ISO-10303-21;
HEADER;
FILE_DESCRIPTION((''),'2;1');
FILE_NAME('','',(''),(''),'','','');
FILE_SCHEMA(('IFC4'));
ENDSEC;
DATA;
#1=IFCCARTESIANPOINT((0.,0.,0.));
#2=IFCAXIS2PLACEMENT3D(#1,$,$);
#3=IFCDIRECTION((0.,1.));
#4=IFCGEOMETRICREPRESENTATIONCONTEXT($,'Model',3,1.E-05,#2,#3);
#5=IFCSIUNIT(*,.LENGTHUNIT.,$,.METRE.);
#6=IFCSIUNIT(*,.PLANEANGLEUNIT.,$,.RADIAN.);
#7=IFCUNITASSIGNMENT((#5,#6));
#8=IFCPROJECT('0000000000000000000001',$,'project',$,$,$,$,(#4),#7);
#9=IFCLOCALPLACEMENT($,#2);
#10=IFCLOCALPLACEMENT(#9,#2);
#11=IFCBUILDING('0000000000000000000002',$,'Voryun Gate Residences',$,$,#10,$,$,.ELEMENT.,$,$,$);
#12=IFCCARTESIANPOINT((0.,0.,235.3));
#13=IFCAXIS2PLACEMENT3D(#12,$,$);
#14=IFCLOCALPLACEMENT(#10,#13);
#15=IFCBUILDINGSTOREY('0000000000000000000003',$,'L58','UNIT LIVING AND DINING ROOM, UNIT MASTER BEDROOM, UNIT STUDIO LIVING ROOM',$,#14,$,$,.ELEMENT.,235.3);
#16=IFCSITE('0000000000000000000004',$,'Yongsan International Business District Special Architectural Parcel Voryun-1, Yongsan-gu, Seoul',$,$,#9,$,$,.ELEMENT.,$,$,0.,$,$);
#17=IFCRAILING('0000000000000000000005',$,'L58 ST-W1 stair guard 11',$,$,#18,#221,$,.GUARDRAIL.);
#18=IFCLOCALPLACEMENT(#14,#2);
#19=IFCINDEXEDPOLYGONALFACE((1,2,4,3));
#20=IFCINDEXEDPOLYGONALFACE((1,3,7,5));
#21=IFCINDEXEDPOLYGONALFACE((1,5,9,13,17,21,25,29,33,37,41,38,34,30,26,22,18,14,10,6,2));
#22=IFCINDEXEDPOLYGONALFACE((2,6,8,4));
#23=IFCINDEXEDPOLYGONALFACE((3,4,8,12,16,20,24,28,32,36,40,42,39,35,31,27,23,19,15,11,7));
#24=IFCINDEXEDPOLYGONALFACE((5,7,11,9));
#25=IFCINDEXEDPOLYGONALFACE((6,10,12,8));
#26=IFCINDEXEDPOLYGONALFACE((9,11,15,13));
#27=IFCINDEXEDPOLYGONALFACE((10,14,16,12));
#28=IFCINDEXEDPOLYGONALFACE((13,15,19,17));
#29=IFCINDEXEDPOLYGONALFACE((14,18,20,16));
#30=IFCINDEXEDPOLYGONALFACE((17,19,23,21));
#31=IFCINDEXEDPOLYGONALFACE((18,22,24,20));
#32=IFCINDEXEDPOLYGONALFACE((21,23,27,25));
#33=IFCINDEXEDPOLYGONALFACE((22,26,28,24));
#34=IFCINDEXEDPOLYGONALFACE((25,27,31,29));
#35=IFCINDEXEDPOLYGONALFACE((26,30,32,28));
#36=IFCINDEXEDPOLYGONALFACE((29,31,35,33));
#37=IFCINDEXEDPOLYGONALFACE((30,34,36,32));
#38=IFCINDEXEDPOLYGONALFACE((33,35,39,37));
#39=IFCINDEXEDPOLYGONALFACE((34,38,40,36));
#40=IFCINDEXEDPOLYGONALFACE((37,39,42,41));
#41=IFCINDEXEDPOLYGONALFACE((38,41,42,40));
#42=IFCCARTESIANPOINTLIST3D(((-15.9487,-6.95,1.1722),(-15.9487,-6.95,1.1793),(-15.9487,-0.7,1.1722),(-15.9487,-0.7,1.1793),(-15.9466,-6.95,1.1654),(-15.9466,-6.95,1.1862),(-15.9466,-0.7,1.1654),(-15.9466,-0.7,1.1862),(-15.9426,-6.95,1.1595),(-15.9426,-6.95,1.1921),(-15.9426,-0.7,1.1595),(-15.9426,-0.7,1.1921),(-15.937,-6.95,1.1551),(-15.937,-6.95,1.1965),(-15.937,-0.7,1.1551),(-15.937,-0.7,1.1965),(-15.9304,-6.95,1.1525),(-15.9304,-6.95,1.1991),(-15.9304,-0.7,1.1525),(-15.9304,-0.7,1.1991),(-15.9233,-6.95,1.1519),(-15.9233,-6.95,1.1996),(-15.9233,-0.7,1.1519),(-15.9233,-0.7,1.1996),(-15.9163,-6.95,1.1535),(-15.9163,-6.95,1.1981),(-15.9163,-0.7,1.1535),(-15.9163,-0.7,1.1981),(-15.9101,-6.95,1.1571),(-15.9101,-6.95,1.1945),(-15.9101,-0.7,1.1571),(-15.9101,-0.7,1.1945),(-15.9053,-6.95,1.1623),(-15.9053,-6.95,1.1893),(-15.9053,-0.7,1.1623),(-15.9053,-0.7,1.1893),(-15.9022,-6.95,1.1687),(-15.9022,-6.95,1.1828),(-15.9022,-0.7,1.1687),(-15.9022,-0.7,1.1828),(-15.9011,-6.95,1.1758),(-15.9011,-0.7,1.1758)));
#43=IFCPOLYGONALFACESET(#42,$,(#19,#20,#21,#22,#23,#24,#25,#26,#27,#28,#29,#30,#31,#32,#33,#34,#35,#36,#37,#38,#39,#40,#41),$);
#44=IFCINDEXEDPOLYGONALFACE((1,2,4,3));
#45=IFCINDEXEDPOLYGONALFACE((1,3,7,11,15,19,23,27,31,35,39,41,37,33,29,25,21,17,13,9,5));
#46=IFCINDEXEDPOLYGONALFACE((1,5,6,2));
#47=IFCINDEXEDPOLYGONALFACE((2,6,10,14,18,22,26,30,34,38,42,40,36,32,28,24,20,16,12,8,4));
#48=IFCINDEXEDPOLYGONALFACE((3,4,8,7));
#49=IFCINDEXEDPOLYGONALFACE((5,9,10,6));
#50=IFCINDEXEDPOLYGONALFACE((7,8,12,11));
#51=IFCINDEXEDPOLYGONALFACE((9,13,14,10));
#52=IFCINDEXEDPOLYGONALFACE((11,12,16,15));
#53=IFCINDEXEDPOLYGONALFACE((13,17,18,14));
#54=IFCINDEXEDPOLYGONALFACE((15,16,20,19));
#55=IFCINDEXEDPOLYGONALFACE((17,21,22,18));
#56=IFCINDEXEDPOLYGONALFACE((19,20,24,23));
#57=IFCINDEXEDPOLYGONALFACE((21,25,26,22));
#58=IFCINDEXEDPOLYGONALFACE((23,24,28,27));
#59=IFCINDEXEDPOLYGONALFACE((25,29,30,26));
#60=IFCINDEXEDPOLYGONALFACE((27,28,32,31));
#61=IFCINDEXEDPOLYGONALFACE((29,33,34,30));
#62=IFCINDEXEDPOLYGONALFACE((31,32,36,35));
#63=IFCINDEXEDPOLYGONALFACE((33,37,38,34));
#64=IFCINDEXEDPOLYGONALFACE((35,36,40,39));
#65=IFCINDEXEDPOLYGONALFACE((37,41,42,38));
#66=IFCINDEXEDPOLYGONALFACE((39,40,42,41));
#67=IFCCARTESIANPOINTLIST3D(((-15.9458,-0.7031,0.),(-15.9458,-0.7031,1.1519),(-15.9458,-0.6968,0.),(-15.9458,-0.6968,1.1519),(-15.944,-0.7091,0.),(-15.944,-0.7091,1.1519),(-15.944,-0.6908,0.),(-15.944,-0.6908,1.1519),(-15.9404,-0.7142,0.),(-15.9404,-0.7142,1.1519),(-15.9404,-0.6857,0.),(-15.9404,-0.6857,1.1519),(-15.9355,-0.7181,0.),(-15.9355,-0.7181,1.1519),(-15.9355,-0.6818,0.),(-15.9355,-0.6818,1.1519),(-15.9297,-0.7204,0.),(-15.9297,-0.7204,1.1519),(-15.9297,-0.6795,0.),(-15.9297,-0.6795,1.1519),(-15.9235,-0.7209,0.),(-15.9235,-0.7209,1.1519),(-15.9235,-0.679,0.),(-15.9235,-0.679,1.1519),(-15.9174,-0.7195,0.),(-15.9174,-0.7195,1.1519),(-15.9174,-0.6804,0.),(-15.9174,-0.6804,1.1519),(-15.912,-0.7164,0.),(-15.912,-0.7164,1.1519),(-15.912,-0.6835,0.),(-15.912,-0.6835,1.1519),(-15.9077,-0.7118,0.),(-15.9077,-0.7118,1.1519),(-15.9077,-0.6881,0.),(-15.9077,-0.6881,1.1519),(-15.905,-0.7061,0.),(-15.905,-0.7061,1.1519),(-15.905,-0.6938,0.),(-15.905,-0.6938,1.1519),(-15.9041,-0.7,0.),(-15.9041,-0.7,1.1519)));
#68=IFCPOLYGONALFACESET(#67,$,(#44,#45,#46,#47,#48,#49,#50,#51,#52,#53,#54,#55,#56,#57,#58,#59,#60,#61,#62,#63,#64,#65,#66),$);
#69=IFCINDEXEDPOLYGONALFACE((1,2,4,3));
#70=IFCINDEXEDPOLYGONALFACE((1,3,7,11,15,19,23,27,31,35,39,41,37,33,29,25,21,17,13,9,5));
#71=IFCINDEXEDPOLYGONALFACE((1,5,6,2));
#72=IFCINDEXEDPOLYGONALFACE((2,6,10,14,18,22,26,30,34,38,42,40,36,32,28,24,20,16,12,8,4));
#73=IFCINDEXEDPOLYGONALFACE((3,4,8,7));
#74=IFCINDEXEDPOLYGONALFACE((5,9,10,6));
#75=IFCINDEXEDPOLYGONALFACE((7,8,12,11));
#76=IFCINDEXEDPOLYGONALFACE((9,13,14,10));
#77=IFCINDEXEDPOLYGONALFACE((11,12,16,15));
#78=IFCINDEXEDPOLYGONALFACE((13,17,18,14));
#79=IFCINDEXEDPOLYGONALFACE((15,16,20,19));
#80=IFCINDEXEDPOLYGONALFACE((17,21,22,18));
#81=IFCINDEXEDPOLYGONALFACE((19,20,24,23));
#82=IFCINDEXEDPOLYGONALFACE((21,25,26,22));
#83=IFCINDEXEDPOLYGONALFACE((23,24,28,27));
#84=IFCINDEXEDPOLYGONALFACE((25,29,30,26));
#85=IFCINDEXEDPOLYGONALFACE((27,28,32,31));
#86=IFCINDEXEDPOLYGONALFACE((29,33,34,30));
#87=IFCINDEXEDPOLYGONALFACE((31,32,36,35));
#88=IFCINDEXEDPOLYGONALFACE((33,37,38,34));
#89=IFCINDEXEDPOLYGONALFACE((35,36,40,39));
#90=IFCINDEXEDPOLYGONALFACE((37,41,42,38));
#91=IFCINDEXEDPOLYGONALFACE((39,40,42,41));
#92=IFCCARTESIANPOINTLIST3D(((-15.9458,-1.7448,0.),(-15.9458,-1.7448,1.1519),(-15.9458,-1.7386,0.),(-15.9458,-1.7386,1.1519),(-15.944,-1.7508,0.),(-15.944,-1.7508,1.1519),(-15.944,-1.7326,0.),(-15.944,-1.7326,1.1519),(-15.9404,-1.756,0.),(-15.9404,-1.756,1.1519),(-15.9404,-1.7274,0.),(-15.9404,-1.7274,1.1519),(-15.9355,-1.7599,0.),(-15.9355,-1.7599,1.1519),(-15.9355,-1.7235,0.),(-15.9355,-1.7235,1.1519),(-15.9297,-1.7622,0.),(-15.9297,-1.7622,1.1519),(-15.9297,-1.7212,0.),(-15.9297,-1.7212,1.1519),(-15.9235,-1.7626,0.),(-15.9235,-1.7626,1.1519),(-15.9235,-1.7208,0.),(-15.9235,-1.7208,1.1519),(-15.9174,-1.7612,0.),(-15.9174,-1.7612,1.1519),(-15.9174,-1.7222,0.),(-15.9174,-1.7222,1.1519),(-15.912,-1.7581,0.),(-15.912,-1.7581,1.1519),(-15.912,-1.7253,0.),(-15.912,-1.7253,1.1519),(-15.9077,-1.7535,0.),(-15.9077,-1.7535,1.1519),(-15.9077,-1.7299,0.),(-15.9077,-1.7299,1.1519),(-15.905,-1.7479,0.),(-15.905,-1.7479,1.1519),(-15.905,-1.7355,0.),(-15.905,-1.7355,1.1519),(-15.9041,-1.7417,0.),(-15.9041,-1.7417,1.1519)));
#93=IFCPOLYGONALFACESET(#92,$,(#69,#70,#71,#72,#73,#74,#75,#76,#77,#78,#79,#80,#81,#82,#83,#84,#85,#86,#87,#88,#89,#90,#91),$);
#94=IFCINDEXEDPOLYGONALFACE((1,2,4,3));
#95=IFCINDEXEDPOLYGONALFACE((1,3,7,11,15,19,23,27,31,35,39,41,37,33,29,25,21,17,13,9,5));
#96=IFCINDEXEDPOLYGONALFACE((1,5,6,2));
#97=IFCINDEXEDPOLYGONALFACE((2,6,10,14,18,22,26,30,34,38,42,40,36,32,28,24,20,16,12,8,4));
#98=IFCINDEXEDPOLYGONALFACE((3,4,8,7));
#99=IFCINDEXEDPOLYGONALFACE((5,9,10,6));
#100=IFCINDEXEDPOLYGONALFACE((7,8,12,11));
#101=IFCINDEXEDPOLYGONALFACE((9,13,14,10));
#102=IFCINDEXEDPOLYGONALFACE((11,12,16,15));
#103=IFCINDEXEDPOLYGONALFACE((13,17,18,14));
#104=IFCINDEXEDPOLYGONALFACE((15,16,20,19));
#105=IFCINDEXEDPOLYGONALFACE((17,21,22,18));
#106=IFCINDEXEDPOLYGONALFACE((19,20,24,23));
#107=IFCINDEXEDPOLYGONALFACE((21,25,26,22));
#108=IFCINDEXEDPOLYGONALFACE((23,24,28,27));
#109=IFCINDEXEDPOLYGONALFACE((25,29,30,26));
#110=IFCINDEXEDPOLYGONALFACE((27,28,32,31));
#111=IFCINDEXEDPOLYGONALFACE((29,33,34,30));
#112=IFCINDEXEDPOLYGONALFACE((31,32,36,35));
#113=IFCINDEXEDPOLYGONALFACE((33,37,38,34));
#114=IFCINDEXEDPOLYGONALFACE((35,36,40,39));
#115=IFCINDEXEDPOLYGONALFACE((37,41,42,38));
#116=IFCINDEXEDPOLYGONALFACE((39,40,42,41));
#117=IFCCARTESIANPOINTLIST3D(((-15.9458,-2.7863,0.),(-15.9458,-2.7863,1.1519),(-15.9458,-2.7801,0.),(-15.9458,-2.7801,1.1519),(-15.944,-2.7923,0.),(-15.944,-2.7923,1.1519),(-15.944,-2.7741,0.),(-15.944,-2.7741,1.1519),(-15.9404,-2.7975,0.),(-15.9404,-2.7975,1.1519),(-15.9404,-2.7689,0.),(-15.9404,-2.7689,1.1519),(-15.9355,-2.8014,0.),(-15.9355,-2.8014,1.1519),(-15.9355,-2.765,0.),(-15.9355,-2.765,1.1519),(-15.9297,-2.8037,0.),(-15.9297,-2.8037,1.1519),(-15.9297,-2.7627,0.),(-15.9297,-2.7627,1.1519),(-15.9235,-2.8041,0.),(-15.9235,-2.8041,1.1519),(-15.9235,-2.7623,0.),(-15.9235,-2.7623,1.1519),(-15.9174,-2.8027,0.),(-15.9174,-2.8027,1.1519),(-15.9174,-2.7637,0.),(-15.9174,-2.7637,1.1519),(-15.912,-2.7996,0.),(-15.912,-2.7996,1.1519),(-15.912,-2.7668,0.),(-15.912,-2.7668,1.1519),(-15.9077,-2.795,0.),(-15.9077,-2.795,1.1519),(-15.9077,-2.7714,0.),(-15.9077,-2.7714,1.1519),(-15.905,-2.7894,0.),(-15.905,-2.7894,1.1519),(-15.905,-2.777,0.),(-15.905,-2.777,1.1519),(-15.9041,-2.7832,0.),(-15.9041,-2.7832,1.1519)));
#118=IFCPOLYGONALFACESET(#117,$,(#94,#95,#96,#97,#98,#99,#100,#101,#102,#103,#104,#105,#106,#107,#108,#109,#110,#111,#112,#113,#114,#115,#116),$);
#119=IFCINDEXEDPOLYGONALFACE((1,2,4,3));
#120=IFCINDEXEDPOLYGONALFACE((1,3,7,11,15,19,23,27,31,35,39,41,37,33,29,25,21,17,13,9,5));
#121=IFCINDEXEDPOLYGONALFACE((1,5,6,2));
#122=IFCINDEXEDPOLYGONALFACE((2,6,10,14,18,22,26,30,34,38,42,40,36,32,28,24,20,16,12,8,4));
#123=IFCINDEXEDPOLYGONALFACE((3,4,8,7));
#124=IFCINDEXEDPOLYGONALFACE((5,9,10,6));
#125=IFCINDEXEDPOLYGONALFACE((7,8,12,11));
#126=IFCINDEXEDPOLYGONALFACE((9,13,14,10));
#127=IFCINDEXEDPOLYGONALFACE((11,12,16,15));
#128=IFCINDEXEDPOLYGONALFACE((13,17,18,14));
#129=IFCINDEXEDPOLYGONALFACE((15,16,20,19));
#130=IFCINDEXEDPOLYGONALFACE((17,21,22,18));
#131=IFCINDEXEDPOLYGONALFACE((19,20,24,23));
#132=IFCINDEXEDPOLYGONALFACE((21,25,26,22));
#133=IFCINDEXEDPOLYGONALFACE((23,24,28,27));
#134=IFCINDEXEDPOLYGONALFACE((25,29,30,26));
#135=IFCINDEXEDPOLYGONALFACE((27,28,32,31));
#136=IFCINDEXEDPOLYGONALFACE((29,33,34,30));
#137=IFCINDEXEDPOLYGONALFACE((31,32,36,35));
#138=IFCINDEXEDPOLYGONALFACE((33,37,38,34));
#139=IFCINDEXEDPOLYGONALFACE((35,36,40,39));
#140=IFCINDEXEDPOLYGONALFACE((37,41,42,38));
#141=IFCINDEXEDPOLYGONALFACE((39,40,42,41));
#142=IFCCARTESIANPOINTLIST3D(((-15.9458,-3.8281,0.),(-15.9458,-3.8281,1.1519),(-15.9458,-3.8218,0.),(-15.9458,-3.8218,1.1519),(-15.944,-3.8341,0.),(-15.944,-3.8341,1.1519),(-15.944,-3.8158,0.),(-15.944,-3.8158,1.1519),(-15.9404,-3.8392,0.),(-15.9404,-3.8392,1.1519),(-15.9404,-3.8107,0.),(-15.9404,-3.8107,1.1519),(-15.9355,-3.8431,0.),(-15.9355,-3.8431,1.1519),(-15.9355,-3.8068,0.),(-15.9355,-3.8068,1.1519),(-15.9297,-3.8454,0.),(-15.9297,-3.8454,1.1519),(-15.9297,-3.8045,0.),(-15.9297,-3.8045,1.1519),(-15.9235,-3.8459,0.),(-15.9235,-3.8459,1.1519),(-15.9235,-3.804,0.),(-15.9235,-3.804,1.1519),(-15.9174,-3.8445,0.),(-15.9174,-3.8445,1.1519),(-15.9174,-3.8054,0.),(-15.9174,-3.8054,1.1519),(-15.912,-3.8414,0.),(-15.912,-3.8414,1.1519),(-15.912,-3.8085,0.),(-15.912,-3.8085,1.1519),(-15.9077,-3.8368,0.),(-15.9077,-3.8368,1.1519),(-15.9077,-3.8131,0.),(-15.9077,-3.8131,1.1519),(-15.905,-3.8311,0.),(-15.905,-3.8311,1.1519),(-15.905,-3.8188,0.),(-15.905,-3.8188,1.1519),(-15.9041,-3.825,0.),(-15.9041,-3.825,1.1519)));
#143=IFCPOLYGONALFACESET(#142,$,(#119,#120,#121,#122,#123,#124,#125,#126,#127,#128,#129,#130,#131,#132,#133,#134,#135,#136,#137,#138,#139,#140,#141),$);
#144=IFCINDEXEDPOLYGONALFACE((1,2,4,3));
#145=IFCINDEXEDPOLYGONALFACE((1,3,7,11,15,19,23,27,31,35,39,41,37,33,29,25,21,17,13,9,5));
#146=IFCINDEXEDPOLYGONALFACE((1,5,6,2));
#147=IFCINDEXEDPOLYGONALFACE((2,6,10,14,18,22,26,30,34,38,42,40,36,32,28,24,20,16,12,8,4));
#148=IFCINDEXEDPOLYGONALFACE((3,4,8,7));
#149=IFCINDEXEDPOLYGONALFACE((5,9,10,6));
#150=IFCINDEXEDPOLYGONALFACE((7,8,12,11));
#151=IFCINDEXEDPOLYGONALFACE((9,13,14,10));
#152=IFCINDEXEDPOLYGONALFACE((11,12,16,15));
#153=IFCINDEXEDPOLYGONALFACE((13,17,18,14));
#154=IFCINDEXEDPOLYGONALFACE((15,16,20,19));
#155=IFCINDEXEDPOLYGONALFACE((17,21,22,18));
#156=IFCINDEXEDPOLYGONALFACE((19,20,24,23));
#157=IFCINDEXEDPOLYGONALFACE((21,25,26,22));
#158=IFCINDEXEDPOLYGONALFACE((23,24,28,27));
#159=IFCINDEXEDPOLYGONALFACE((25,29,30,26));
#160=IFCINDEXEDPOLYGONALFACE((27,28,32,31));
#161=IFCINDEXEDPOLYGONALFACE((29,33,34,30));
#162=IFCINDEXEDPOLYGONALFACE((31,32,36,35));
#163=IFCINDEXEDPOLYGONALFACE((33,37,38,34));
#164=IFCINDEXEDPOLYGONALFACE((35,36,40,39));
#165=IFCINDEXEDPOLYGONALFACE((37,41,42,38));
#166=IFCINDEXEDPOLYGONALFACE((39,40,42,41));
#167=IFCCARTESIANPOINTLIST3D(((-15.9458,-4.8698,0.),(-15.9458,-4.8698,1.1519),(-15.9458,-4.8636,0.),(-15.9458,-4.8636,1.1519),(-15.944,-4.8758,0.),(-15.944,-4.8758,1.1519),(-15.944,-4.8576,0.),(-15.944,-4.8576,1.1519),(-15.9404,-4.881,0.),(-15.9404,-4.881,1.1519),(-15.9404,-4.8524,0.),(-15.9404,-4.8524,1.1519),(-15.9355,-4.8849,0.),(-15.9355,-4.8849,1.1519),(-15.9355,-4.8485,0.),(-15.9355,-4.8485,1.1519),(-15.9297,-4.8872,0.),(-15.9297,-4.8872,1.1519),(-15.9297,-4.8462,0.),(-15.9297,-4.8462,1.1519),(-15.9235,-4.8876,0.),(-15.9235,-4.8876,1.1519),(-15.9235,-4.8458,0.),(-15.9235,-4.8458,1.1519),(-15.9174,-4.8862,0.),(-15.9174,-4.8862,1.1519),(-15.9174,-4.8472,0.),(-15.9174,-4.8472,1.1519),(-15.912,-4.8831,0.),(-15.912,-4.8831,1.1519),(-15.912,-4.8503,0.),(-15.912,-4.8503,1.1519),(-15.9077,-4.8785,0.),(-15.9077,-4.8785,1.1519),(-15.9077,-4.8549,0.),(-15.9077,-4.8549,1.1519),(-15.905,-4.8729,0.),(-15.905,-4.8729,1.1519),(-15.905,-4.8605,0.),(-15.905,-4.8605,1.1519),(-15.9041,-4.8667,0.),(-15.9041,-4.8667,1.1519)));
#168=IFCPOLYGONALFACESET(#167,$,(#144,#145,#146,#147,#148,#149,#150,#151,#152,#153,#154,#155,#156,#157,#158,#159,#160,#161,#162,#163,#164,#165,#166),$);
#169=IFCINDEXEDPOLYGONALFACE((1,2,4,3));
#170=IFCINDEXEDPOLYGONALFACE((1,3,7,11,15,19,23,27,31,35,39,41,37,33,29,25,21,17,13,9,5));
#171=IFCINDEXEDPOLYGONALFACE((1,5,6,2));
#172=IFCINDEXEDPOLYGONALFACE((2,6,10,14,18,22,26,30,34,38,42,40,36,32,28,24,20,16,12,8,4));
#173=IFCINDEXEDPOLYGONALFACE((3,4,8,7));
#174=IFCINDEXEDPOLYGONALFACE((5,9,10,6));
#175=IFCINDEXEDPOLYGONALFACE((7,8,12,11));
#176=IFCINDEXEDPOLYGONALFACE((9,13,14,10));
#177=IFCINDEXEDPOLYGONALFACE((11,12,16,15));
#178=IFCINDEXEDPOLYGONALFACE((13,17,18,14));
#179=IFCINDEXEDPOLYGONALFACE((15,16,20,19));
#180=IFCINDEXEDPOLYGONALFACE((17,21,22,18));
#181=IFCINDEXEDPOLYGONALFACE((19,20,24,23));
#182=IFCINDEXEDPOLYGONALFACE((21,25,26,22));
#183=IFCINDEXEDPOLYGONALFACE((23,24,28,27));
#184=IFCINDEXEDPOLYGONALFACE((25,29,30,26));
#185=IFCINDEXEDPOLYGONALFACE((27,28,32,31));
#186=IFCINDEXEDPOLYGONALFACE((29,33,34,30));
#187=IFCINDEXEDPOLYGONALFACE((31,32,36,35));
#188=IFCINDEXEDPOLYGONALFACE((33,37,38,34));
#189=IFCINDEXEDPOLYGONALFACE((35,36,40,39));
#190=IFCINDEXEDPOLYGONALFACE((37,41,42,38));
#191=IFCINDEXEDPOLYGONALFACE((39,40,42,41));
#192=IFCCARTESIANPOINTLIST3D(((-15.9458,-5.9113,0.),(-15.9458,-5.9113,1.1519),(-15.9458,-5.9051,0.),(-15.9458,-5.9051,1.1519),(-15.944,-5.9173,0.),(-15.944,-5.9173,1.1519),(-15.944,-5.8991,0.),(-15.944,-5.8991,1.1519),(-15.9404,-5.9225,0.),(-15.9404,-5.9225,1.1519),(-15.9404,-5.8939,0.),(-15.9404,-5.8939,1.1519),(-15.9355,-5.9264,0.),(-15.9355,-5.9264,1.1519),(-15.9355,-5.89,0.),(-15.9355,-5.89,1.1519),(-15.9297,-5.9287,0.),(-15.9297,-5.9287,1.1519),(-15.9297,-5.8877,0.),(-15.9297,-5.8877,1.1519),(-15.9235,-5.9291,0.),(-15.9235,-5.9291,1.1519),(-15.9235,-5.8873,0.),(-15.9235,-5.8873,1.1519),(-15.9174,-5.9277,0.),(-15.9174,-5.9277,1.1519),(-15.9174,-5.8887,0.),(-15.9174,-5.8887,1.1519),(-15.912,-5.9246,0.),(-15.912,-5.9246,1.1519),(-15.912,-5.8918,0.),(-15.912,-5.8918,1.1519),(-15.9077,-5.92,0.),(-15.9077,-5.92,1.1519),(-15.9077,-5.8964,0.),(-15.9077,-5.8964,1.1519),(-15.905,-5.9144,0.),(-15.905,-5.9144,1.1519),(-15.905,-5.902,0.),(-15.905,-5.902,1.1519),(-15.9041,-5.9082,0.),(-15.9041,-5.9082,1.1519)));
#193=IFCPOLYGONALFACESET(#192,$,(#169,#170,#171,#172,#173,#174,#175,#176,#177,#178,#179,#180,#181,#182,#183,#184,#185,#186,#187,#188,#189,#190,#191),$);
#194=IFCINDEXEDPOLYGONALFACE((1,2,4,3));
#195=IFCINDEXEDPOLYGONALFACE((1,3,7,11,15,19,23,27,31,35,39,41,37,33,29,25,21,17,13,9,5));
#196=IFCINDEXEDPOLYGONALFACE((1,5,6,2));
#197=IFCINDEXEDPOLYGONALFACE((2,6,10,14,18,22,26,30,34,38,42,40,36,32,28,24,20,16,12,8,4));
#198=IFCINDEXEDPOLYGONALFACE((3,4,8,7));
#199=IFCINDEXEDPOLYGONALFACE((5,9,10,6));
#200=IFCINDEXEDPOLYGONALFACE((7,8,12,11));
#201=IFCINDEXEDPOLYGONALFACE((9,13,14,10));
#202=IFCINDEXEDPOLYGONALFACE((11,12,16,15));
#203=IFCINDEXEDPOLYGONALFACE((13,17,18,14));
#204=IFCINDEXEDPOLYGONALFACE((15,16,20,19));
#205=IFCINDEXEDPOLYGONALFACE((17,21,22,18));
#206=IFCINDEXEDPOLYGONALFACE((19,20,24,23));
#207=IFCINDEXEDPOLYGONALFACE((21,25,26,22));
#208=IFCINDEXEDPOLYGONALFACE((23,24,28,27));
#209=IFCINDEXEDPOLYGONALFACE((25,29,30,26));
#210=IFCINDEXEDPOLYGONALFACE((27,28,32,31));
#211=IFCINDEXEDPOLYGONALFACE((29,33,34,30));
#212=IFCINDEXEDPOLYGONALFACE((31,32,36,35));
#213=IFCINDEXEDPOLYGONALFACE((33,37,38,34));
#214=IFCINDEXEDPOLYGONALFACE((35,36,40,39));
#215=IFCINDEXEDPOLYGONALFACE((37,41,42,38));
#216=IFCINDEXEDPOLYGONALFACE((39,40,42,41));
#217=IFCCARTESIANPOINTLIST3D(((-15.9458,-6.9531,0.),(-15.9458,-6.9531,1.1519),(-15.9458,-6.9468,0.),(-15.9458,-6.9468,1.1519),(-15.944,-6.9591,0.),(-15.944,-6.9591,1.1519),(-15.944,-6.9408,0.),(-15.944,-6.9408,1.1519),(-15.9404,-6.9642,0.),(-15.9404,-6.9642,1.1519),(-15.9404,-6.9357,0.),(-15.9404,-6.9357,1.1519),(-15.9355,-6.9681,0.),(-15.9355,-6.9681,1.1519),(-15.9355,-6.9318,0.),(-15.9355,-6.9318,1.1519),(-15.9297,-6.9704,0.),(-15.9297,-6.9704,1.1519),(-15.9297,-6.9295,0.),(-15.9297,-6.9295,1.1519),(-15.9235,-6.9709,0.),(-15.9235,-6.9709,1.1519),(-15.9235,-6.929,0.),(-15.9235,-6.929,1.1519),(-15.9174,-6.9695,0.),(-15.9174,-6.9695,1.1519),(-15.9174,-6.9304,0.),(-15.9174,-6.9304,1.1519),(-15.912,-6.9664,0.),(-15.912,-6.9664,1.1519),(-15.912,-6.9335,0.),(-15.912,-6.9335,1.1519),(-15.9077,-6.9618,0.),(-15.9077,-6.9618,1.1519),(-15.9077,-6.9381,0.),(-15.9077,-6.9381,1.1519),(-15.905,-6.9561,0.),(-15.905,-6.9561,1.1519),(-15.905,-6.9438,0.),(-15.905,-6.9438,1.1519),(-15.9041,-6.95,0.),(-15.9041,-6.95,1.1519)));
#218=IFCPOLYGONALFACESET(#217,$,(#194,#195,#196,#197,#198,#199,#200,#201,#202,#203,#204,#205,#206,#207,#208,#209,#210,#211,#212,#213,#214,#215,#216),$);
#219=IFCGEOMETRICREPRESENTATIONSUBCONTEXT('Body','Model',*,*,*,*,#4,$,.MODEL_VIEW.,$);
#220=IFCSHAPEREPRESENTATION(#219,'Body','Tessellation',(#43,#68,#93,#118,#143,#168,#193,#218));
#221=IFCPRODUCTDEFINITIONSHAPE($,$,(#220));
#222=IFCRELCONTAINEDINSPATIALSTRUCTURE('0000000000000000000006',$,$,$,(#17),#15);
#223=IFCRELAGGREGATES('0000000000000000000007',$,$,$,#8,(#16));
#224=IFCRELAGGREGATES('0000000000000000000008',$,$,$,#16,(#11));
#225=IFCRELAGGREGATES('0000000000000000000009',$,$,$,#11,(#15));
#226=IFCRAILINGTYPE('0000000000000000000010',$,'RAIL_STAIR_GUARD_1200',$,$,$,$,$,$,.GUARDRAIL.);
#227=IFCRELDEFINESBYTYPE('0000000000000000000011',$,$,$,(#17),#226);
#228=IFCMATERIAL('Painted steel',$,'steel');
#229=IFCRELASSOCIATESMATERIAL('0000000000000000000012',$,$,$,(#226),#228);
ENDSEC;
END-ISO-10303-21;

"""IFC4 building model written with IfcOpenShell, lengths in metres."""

from ifc_helpers import new_model, si_unit, direction, frame, origin, origin_2d, place, context, subcontext, project, spatial, circle, extrude, material, type_object, element, save


model = new_model("IFC4")

# Units and contexts
model_context = context("Model", 3, precision=1e-05, world=origin(), true_north=direction((0.0, 1.0)))
body_context = subcontext(model_context, "Body", "Model", "MODEL_VIEW")
ifc_project = project(units=[si_unit("LENGTHUNIT", "METRE"), si_unit("PLANEANGLEUNIT", "RADIAN")], contexts=[model_context])

# Site, building, storey
site_placement = place(None, origin())
site = spatial("IfcSite", under=ifc_project, at=site_placement, Name="Yongsan International Business District Special Architectural Parcel Voryun-1, Yongsan-gu, Seoul", CompositionType="ELEMENT", RefElevation=0.0)
building_placement = place(site_placement, origin())
building = spatial("IfcBuilding", under=site, at=building_placement, Name="Voryun Gate Residences", CompositionType="ELEMENT")
storey_placement = place(building_placement, frame((0.0, 0.0, 235.3)))
storey = spatial("IfcBuildingStorey", under=building, at=storey_placement, Name="L58", Description="UNIT LIVING AND DINING ROOM, UNIT MASTER BEDROOM, UNIT STUDIO LIVING ROOM", CompositionType="ELEMENT", Elevation=235.3)

# Railing
ifc_material_1 = material(Name="Painted steel", Category="steel")
railing_type = type_object("IfcRailingType", Name="RAIL_STAIR_GUARD_1200", PredefinedType="GUARDRAIL", material=ifc_material_1)
railing_1_placement = place(storey_placement, frame((-15.925, -0.7, 0.0)))
element("IfcRailing", 1, at=railing_1_placement, inside=storey, type_object=railing_type, Name="L58 ST-W1 stair guard 11", PredefinedType="GUARDRAIL", context=body_context, shape_type="SweptSolid", body=[
    extrude(circle(Radius=0.0239, at=origin_2d()), frame((0.0, 0.0, 1.1758), z_axis=(0.0, -1.0, 0.0), x_axis=(1.0, 0.0, 0.0)), (0.0, 0.0, 1.0), 6.25),
    extrude(circle(Radius=0.021, at=origin_2d()), origin(), (0.0, 0.0, 1.0), 1.1519),
    extrude(circle(Radius=0.021, at=origin_2d()), frame((0.0, -1.0417, 0.0)), (0.0, 0.0, 1.0), 1.1519),
    extrude(circle(Radius=0.021, at=origin_2d()), frame((0.0, -2.0833, 0.0)), (0.0, 0.0, 1.0), 1.1519),
    extrude(circle(Radius=0.021, at=origin_2d()), frame((0.0, -3.125, 0.0)), (0.0, 0.0, 1.0), 1.1519),
    extrude(circle(Radius=0.021, at=origin_2d()), frame((0.0, -4.1667, 0.0)), (0.0, 0.0, 1.0), 1.1519),
    extrude(circle(Radius=0.021, at=origin_2d()), frame((0.0, -5.2083, 0.0)), (0.0, 0.0, 1.0), 1.1519),
    extrude(circle(Radius=0.021, at=origin_2d()), frame((0.0, -6.25, 0.0)), (0.0, 0.0, 1.0), 1.1519),
])

save(model, "model.ifc")
